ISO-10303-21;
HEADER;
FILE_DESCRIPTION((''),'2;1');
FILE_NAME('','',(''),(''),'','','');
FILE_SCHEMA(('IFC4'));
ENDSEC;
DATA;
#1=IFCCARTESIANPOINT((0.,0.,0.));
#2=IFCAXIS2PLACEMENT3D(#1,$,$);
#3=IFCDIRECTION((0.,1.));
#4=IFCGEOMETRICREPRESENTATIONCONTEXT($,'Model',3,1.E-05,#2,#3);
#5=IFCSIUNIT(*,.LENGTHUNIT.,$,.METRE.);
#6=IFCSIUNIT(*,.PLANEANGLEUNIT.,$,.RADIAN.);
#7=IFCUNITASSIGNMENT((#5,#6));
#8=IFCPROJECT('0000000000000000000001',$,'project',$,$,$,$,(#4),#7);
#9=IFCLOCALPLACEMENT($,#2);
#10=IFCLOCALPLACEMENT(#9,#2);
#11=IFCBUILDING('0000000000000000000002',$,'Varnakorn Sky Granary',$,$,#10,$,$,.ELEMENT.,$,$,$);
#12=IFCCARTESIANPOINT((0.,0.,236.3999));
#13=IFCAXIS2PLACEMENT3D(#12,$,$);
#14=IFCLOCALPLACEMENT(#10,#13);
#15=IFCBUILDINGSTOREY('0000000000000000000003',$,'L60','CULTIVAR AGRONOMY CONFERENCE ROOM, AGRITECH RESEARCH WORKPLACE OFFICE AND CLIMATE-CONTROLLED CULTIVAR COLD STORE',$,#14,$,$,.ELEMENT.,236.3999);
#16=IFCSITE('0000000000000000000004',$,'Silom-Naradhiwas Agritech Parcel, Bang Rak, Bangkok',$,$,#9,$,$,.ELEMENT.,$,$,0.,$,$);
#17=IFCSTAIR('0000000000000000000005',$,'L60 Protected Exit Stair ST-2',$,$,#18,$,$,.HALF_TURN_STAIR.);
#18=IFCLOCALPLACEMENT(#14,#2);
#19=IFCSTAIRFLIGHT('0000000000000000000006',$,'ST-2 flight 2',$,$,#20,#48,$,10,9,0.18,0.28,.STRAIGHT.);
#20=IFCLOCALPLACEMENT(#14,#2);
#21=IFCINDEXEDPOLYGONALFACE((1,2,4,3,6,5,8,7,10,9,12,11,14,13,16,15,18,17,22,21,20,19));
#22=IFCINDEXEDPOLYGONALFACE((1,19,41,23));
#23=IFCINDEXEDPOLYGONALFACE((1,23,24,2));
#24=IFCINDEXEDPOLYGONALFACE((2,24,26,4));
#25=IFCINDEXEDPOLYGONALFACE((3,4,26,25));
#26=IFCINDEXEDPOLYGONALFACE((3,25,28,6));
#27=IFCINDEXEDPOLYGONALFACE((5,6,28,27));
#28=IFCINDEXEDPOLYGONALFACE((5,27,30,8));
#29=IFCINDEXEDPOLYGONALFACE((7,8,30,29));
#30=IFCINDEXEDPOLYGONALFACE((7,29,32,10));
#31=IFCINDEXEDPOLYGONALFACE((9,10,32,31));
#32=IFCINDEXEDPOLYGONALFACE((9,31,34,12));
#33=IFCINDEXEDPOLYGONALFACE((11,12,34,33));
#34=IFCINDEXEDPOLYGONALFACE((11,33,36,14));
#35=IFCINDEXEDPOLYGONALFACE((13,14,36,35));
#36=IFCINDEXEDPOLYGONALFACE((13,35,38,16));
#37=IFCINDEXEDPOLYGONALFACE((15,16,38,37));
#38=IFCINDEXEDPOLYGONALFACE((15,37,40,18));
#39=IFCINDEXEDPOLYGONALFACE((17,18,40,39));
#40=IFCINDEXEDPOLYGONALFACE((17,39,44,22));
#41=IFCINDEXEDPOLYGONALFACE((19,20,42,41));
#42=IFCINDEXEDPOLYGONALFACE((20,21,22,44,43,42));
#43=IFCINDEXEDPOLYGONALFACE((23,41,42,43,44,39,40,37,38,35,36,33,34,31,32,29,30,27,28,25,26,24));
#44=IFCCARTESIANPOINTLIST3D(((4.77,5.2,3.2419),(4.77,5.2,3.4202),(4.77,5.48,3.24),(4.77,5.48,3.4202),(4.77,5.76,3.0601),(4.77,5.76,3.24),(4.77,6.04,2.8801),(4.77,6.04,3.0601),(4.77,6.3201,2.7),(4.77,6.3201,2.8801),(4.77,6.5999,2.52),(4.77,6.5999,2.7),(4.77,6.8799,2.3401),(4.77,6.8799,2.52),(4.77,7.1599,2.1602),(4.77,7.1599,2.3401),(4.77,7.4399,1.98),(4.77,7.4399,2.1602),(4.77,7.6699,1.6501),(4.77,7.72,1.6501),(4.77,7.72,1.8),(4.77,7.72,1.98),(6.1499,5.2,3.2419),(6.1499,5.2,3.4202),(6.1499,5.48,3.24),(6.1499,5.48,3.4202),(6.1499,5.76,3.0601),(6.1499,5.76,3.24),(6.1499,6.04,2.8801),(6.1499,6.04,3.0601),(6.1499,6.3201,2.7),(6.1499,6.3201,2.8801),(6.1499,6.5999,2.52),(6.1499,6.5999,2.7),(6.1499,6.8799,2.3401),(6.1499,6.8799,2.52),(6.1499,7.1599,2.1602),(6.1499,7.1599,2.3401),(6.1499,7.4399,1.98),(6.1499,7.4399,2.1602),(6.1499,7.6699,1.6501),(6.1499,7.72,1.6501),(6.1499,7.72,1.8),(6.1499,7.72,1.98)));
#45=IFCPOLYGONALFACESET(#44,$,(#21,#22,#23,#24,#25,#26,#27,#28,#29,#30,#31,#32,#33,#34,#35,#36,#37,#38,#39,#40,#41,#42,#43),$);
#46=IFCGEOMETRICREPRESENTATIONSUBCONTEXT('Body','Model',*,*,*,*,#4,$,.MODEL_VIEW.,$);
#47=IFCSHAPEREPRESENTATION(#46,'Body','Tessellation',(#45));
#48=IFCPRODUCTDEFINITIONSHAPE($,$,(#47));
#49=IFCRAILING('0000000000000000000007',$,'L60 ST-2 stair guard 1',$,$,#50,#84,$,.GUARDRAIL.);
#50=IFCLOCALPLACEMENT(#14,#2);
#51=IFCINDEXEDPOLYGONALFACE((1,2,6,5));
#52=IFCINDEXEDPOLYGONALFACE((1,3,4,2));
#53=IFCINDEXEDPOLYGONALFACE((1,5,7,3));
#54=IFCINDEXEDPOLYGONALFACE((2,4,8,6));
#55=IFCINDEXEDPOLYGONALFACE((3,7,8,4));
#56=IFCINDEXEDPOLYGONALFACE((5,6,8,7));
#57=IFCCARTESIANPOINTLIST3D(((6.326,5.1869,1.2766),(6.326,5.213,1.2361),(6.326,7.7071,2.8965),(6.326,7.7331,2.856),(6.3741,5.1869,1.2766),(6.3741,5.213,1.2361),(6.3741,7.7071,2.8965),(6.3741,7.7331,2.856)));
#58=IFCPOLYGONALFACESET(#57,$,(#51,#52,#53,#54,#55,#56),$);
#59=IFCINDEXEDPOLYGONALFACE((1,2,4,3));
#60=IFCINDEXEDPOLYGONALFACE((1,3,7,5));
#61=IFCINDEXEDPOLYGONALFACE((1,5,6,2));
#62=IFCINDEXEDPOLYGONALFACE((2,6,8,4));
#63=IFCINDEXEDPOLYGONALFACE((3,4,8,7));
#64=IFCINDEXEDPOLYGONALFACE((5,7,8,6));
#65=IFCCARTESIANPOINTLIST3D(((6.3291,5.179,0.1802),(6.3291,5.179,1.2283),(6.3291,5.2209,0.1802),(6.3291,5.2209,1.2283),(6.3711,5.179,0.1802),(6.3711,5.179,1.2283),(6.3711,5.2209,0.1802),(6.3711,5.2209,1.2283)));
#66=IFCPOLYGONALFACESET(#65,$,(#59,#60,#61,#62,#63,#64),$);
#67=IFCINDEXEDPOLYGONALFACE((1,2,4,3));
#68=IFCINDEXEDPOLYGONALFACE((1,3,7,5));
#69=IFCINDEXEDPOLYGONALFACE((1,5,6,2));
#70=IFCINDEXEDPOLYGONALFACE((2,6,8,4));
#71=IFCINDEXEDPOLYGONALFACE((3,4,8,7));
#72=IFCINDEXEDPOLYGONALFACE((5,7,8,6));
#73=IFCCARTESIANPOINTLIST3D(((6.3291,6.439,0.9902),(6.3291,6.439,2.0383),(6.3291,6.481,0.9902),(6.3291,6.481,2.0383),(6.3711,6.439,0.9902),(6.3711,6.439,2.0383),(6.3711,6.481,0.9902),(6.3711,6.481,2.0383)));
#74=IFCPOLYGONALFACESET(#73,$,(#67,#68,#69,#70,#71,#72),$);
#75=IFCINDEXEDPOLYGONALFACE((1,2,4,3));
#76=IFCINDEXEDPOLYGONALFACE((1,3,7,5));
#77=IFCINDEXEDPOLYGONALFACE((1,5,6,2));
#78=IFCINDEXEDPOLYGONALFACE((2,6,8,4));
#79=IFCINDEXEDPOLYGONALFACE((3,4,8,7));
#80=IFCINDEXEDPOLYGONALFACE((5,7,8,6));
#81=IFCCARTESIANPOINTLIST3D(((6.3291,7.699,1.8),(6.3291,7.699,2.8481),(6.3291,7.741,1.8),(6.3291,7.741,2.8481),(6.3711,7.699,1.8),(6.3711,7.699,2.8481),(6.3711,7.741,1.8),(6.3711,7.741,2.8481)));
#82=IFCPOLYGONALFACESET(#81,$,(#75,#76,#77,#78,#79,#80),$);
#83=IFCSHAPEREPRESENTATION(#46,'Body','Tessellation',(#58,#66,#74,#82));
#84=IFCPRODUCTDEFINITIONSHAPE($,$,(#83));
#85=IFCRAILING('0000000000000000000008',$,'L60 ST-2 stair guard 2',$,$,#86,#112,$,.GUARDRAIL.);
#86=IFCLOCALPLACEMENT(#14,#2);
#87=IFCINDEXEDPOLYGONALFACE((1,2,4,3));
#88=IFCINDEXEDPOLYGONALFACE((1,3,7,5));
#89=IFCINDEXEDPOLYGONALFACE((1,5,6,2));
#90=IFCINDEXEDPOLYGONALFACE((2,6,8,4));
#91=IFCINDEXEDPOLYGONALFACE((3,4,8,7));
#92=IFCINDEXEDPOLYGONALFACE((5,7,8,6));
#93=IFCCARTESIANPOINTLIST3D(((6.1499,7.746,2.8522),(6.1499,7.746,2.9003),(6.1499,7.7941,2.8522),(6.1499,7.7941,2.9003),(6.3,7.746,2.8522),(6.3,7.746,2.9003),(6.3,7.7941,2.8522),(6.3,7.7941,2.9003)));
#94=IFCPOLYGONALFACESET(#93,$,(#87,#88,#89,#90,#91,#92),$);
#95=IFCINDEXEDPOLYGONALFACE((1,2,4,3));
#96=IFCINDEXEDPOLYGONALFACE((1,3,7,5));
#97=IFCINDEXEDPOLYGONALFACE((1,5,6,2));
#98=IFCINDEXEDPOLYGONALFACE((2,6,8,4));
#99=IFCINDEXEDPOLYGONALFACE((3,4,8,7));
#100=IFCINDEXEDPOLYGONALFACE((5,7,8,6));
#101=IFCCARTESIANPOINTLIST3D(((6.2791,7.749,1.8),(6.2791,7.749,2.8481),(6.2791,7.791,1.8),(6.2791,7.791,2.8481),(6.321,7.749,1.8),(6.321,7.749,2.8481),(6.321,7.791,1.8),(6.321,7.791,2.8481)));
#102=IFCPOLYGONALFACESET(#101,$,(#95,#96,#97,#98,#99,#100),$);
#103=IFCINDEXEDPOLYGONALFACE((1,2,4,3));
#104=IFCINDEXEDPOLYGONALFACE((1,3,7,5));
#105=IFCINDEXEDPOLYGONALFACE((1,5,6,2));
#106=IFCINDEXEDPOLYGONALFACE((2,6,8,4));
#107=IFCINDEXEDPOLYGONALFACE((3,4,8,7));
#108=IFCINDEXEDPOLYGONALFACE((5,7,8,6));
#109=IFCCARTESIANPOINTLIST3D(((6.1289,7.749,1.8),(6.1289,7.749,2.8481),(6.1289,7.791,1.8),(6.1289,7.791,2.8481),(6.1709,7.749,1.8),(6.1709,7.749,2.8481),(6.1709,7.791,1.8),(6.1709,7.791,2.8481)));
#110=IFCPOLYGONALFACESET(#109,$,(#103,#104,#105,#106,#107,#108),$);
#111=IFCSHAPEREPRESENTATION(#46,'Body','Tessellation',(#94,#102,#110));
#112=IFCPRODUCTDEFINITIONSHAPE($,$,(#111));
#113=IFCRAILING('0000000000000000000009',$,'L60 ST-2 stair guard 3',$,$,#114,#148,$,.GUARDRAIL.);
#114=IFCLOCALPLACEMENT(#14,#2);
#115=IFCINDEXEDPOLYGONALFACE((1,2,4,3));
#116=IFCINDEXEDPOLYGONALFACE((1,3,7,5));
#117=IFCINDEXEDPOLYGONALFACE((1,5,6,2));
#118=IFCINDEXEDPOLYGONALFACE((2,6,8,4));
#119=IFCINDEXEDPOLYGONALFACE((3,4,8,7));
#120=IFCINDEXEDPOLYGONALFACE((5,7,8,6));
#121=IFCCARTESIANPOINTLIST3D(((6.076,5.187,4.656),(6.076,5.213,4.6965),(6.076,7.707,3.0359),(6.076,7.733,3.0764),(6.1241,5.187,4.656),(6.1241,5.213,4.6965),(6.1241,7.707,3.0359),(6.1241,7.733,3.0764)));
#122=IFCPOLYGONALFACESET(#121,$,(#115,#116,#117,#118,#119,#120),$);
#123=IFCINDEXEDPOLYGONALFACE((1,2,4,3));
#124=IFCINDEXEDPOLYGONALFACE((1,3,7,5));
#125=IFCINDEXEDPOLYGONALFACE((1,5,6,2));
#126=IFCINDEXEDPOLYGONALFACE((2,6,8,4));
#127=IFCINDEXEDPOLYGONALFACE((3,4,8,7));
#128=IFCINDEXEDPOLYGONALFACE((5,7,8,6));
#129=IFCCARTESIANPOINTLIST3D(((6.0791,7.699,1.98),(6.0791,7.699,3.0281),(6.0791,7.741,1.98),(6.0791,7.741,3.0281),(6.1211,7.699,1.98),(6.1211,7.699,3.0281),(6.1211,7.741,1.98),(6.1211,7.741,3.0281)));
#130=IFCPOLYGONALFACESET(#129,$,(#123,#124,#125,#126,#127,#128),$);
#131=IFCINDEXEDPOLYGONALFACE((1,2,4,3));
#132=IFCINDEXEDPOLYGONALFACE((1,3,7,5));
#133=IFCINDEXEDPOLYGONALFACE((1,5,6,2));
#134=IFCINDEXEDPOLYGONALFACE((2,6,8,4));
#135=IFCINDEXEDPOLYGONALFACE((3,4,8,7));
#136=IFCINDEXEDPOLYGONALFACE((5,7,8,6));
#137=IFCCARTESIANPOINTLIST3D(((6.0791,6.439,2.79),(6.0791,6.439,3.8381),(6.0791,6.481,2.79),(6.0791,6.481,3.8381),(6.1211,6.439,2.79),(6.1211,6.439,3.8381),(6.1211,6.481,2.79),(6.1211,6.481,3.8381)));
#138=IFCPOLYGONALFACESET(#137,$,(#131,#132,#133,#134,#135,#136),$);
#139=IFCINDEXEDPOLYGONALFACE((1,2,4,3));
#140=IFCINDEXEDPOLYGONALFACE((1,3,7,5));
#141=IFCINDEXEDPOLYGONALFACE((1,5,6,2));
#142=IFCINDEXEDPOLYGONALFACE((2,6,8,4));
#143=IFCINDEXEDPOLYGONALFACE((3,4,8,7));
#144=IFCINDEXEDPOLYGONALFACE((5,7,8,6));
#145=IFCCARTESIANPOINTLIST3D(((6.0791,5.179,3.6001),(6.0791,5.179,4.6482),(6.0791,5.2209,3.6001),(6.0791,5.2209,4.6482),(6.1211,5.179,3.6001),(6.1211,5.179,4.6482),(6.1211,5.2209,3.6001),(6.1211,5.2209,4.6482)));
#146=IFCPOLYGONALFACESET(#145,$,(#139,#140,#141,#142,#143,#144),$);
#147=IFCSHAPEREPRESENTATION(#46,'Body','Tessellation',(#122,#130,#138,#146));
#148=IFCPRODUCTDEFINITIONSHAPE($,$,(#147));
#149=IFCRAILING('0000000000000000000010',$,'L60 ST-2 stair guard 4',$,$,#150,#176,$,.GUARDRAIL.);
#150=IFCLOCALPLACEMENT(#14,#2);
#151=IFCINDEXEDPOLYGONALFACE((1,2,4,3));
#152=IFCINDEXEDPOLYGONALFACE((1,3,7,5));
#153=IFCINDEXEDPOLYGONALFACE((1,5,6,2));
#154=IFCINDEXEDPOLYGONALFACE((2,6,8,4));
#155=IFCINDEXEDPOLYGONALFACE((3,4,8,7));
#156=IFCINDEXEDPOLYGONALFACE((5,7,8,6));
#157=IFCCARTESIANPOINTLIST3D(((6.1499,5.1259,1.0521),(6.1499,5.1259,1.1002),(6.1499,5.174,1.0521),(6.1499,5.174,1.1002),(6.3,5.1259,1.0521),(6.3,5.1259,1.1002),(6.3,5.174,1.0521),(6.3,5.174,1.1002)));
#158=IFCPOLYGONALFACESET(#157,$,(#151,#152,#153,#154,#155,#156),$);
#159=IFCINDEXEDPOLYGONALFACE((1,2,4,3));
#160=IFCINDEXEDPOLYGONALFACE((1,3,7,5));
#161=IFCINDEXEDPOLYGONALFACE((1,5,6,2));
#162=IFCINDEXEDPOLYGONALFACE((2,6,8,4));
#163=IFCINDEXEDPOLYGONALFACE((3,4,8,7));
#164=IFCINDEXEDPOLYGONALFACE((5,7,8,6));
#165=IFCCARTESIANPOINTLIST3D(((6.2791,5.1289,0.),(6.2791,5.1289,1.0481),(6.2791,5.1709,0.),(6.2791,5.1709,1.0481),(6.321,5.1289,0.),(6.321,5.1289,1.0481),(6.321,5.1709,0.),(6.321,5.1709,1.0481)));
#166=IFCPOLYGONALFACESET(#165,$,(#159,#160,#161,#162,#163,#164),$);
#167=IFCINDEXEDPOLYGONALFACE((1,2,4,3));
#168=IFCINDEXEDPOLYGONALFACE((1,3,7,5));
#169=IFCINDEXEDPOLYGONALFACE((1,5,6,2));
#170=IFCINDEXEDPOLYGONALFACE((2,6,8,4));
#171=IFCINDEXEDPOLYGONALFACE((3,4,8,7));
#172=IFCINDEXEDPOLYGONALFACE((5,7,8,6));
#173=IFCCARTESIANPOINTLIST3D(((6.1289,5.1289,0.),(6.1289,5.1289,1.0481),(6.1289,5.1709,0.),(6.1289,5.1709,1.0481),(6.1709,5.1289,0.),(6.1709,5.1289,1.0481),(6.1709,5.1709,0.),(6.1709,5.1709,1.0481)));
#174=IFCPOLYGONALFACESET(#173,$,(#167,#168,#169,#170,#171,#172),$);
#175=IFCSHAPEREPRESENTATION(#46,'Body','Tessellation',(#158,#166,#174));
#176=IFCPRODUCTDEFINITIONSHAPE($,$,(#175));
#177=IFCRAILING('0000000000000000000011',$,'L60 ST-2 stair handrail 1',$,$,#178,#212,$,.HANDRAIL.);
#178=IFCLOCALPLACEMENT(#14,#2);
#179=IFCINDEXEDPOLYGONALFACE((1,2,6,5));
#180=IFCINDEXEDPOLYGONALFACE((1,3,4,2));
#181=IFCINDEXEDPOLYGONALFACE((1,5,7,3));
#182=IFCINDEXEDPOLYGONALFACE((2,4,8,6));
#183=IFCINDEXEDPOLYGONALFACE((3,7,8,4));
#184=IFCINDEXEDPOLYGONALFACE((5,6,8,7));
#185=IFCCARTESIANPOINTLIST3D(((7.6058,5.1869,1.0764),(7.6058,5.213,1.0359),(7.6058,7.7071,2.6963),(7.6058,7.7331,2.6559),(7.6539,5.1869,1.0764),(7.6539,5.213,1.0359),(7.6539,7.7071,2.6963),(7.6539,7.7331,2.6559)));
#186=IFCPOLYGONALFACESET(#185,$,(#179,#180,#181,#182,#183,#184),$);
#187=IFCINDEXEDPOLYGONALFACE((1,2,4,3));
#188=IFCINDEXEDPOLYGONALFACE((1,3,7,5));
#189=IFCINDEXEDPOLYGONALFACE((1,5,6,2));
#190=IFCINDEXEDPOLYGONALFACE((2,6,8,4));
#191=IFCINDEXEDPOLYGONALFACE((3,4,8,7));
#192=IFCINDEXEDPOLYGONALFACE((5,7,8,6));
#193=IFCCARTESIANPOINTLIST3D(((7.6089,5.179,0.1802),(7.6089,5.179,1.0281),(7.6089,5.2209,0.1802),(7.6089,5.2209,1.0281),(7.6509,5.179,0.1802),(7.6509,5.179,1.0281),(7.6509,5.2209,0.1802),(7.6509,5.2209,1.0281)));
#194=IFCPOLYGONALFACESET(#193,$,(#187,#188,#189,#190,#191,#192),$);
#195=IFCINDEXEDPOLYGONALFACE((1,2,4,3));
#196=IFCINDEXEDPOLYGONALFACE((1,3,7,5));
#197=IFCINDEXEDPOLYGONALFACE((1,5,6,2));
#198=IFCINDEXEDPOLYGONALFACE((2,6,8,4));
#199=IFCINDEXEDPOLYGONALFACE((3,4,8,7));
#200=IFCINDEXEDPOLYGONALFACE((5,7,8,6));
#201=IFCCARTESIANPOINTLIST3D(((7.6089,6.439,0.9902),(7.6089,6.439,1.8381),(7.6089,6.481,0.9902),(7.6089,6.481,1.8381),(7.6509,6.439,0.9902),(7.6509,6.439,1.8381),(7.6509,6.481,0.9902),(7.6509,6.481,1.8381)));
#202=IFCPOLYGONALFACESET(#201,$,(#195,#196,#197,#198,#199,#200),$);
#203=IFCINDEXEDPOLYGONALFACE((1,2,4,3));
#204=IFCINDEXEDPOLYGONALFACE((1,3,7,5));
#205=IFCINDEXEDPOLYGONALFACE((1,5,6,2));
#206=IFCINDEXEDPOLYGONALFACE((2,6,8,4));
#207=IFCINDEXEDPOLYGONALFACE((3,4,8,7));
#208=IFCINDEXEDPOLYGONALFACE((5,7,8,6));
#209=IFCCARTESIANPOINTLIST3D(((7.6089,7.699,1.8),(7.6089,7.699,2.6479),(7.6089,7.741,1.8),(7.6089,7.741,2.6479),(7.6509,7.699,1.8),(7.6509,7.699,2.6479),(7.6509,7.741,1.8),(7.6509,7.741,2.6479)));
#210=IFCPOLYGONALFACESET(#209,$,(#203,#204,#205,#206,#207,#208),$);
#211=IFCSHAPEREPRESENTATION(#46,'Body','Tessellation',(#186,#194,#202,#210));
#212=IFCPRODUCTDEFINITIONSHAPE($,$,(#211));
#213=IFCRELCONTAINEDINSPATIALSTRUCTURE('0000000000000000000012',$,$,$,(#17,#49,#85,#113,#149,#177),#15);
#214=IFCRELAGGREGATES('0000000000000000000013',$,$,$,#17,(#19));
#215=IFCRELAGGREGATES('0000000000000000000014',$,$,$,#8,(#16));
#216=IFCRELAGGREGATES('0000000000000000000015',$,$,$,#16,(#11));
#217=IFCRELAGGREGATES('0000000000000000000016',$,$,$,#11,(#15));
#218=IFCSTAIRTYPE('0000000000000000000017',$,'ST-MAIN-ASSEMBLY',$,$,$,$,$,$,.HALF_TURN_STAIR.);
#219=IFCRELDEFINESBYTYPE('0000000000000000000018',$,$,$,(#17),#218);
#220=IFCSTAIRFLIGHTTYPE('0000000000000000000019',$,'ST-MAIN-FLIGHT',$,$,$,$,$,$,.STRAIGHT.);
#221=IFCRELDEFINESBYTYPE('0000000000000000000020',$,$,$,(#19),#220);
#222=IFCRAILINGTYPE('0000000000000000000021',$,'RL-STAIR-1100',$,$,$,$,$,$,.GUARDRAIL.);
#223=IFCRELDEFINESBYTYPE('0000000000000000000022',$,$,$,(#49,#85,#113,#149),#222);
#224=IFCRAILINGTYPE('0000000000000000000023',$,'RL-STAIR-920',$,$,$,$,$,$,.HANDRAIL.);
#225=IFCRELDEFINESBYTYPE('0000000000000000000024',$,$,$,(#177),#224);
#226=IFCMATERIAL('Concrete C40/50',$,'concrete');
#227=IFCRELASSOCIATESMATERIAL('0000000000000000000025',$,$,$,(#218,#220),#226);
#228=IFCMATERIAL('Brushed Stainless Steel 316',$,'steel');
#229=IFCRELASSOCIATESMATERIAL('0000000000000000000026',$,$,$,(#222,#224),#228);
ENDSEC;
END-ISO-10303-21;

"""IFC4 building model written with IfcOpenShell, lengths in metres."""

from ifc_helpers import new_model, si_unit, direction, frame, origin, origin_2d, place, context, subcontext, project, spatial, polyline, rectangle, outline, extrude, material, type_object, element, aggregate, save


model = new_model("IFC4")

# Units and contexts
model_context = context("Model", 3, precision=1e-05, world=origin(), true_north=direction((0.0, 1.0)))
body_context = subcontext(model_context, "Body", "Model", "MODEL_VIEW")
ifc_project = project(units=[si_unit("LENGTHUNIT", "METRE"), si_unit("PLANEANGLEUNIT", "RADIAN")], contexts=[model_context])

# Site, building, storey
site_placement = place(None, origin())
site = spatial("IfcSite", under=ifc_project, at=site_placement, Name="Silom-Naradhiwas Agritech Parcel, Bang Rak, Bangkok", CompositionType="ELEMENT", RefElevation=0.0)
building_placement = place(site_placement, origin())
building = spatial("IfcBuilding", under=site, at=building_placement, Name="Varnakorn Sky Granary", CompositionType="ELEMENT")
storey_placement = place(building_placement, frame((0.0, 0.0, 236.3999)))
storey = spatial("IfcBuildingStorey", under=building, at=storey_placement, Name="L60", Description="CULTIVAR AGRONOMY CONFERENCE ROOM, AGRITECH RESEARCH WORKPLACE OFFICE AND CLIMATE-CONTROLLED CULTIVAR COLD STORE", CompositionType="ELEMENT", Elevation=236.3999)

# Stair, stair flight
ifc_material_1 = material(Name="Concrete C40/50", Category="concrete")
stair_type = type_object("IfcStairType", Name="ST-MAIN-ASSEMBLY", PredefinedType="HALF_TURN_STAIR", material=ifc_material_1)
stair_placement = place(storey_placement, origin())
stair = element("IfcStair", 1, at=stair_placement, inside=storey, type_object=stair_type, Name="L60 Protected Exit Stair ST-2", PredefinedType="HALF_TURN_STAIR")
stair_flight_type = type_object("IfcStairFlightType", Name="ST-MAIN-FLIGHT", PredefinedType="STRAIGHT", material=ifc_material_1)
stair_flight_1_placement = place(storey_placement, frame((5.46, 7.72, 1.8), z_axis=(0.0, 0.0, 1.0), x_axis=(0.0, -1.0, 0.0)))
stair_flight_1 = element("IfcStairFlight", 2, at=stair_flight_1_placement, type_object=stair_flight_type, Name="ST-2 flight 2", NumberOfRisers=10, NumberOfTreads=9, PredefinedType="STRAIGHT", RiserHeight=0.18, TreadLength=0.28, context=body_context, shape_type="SweptSolid", body=[
    extrude(outline(polyline([(0.0, -0.1499), (0.0, 0.0), (0.0, 0.1799), (0.28, 0.1799), (0.28, 0.3601), (0.5601, 0.3601), (0.5601, 0.54), (0.8401, 0.54), (0.8401, 0.72), (1.1201, 0.72), (1.1201, 0.8999), (1.3999, 0.8999), (1.3999, 1.0801), (1.6799, 1.0801), (1.6799, 1.26), (1.96, 1.26), (1.96, 1.4399), (2.24, 1.4399), (2.24, 1.6201), (2.52, 1.6201), (2.52, 1.8), (2.52, 1.4419), (0.05, -0.1499), (0.0, -0.1499)])), frame((0.0, 0.6899, 0.0), z_axis=(0.0, -1.0, 0.0), x_axis=(1.0, 0.0, 0.0)), (0.0, 0.0, 1.0), 1.3799),
])
aggregate(stair, [stair_flight_1])

# Railings
ifc_material_2 = material(Name="Brushed Stainless Steel 316", Category="steel")
railing_type_1 = type_object("IfcRailingType", Name="RL-STAIR-1100", PredefinedType="GUARDRAIL", material=ifc_material_2)
railing_1_placement = place(storey_placement, frame((6.3501, 5.2, 0.1802)))
element("IfcRailing", 3, at=railing_1_placement, inside=storey, type_object=railing_type_1, Name="L60 ST-2 stair guard 1", PredefinedType="GUARDRAIL", context=body_context, shape_type="SweptSolid", body=[
    extrude(rectangle(XDim=0.0481, YDim=0.0481, at=origin_2d()), frame((0.0, 0.0, 1.0762), z_axis=(0.0, 0.8412, 0.540725), x_axis=(-1.0, 0.0, 0.0)), (0.0, 0.0, 1.0), 2.9958),
    extrude(rectangle(XDim=0.042, YDim=0.042, at=origin_2d()), origin(), (0.0, 0.0, 1.0), 1.0481),
    extrude(rectangle(XDim=0.042, YDim=0.042, at=origin_2d()), frame((0.0, 1.26, 0.8101)), (0.0, 0.0, 1.0), 1.0481),
    extrude(rectangle(XDim=0.042, YDim=0.042, at=origin_2d()), frame((0.0, 2.52, 1.6199)), (0.0, 0.0, 1.0), 1.0481),
])
railing_2_placement = place(storey_placement, frame((6.3, 7.77, 1.8)))
element("IfcRailing", 4, at=railing_2_placement, inside=storey, type_object=railing_type_1, Name="L60 ST-2 stair guard 2", PredefinedType="GUARDRAIL", context=body_context, shape_type="SweptSolid", body=[
    extrude(rectangle(XDim=0.0481, YDim=0.0481, at=origin_2d()), frame((0.0, 0.0, 1.0762), z_axis=(-1.0, 0.0, 0.0), x_axis=(0.0, -1.0, 0.0)), (0.0, 0.0, 1.0), 0.1501),
    extrude(rectangle(XDim=0.042, YDim=0.042, at=origin_2d()), origin(), (0.0, 0.0, 1.0), 1.0481),
    extrude(rectangle(XDim=0.042, YDim=0.042, at=origin_2d()), frame((-0.1501, 0.0, 0.0)), (0.0, 0.0, 1.0), 1.0481),
])
railing_3_placement = place(storey_placement, frame((6.1001, 7.72, 1.98)))
element("IfcRailing", 5, at=railing_3_placement, inside=storey, type_object=railing_type_1, Name="L60 ST-2 stair guard 3", PredefinedType="GUARDRAIL", context=body_context, shape_type="SweptSolid", body=[
    extrude(rectangle(XDim=0.0481, YDim=0.0481, at=origin_2d()), frame((0.0, 0.0, 1.0762), z_axis=(0.0, -0.841163, 0.540782), x_axis=(1.0, 0.0, 0.0)), (0.0, 0.0, 1.0), 2.9958),
    extrude(rectangle(XDim=0.042, YDim=0.042, at=origin_2d()), origin(), (0.0, 0.0, 1.0), 1.0481),
    extrude(rectangle(XDim=0.042, YDim=0.042, at=origin_2d()), frame((0.0, -1.26, 0.8101)), (0.0, 0.0, 1.0), 1.0481),
    extrude(rectangle(XDim=0.042, YDim=0.042, at=origin_2d()), frame((0.0, -2.52, 1.6201)), (0.0, 0.0, 1.0), 1.0481),
])
railing_4_placement = place(storey_placement, frame((6.3, 5.1499, 0.0)))
element("IfcRailing", 6, at=railing_4_placement, inside=storey, type_object=railing_type_1, Name="L60 ST-2 stair guard 4", PredefinedType="GUARDRAIL", context=body_context, shape_type="SweptSolid", body=[
    extrude(rectangle(XDim=0.0481, YDim=0.0481, at=origin_2d()), frame((0.0, 0.0, 1.0762), z_axis=(-1.0, 0.0, 0.0), x_axis=(0.0, -1.0, 0.0)), (0.0, 0.0, 1.0), 0.1501),
    extrude(rectangle(XDim=0.042, YDim=0.042, at=origin_2d()), origin(), (0.0, 0.0, 1.0), 1.0481),
    extrude(rectangle(XDim=0.042, YDim=0.042, at=origin_2d()), frame((-0.1501, 0.0, 0.0)), (0.0, 0.0, 1.0), 1.0481),
])
railing_type_2 = type_object("IfcRailingType", Name="RL-STAIR-920", PredefinedType="HANDRAIL", material=ifc_material_2)
railing_5_placement = place(storey_placement, frame((7.6299, 5.2, 0.1802)))
element("IfcRailing", 7, at=railing_5_placement, inside=storey, type_object=railing_type_2, Name="L60 ST-2 stair handrail 1", PredefinedType="HANDRAIL", context=body_context, shape_type="SweptSolid", body=[
    extrude(rectangle(XDim=0.0481, YDim=0.0481, at=origin_2d()), frame((0.0, 0.0, 0.876), z_axis=(0.0, 0.8412, 0.540725), x_axis=(-1.0, 0.0, 0.0)), (0.0, 0.0, 1.0), 2.9958),
    extrude(rectangle(XDim=0.042, YDim=0.042, at=origin_2d()), origin(), (0.0, 0.0, 1.0), 0.8479),
    extrude(rectangle(XDim=0.042, YDim=0.042, at=origin_2d()), frame((0.0, 1.26, 0.8101)), (0.0, 0.0, 1.0), 0.8479),
    extrude(rectangle(XDim=0.042, YDim=0.042, at=origin_2d()), frame((0.0, 2.52, 1.6199)), (0.0, 0.0, 1.0), 0.8479),
])

save(model, "model.ifc")
